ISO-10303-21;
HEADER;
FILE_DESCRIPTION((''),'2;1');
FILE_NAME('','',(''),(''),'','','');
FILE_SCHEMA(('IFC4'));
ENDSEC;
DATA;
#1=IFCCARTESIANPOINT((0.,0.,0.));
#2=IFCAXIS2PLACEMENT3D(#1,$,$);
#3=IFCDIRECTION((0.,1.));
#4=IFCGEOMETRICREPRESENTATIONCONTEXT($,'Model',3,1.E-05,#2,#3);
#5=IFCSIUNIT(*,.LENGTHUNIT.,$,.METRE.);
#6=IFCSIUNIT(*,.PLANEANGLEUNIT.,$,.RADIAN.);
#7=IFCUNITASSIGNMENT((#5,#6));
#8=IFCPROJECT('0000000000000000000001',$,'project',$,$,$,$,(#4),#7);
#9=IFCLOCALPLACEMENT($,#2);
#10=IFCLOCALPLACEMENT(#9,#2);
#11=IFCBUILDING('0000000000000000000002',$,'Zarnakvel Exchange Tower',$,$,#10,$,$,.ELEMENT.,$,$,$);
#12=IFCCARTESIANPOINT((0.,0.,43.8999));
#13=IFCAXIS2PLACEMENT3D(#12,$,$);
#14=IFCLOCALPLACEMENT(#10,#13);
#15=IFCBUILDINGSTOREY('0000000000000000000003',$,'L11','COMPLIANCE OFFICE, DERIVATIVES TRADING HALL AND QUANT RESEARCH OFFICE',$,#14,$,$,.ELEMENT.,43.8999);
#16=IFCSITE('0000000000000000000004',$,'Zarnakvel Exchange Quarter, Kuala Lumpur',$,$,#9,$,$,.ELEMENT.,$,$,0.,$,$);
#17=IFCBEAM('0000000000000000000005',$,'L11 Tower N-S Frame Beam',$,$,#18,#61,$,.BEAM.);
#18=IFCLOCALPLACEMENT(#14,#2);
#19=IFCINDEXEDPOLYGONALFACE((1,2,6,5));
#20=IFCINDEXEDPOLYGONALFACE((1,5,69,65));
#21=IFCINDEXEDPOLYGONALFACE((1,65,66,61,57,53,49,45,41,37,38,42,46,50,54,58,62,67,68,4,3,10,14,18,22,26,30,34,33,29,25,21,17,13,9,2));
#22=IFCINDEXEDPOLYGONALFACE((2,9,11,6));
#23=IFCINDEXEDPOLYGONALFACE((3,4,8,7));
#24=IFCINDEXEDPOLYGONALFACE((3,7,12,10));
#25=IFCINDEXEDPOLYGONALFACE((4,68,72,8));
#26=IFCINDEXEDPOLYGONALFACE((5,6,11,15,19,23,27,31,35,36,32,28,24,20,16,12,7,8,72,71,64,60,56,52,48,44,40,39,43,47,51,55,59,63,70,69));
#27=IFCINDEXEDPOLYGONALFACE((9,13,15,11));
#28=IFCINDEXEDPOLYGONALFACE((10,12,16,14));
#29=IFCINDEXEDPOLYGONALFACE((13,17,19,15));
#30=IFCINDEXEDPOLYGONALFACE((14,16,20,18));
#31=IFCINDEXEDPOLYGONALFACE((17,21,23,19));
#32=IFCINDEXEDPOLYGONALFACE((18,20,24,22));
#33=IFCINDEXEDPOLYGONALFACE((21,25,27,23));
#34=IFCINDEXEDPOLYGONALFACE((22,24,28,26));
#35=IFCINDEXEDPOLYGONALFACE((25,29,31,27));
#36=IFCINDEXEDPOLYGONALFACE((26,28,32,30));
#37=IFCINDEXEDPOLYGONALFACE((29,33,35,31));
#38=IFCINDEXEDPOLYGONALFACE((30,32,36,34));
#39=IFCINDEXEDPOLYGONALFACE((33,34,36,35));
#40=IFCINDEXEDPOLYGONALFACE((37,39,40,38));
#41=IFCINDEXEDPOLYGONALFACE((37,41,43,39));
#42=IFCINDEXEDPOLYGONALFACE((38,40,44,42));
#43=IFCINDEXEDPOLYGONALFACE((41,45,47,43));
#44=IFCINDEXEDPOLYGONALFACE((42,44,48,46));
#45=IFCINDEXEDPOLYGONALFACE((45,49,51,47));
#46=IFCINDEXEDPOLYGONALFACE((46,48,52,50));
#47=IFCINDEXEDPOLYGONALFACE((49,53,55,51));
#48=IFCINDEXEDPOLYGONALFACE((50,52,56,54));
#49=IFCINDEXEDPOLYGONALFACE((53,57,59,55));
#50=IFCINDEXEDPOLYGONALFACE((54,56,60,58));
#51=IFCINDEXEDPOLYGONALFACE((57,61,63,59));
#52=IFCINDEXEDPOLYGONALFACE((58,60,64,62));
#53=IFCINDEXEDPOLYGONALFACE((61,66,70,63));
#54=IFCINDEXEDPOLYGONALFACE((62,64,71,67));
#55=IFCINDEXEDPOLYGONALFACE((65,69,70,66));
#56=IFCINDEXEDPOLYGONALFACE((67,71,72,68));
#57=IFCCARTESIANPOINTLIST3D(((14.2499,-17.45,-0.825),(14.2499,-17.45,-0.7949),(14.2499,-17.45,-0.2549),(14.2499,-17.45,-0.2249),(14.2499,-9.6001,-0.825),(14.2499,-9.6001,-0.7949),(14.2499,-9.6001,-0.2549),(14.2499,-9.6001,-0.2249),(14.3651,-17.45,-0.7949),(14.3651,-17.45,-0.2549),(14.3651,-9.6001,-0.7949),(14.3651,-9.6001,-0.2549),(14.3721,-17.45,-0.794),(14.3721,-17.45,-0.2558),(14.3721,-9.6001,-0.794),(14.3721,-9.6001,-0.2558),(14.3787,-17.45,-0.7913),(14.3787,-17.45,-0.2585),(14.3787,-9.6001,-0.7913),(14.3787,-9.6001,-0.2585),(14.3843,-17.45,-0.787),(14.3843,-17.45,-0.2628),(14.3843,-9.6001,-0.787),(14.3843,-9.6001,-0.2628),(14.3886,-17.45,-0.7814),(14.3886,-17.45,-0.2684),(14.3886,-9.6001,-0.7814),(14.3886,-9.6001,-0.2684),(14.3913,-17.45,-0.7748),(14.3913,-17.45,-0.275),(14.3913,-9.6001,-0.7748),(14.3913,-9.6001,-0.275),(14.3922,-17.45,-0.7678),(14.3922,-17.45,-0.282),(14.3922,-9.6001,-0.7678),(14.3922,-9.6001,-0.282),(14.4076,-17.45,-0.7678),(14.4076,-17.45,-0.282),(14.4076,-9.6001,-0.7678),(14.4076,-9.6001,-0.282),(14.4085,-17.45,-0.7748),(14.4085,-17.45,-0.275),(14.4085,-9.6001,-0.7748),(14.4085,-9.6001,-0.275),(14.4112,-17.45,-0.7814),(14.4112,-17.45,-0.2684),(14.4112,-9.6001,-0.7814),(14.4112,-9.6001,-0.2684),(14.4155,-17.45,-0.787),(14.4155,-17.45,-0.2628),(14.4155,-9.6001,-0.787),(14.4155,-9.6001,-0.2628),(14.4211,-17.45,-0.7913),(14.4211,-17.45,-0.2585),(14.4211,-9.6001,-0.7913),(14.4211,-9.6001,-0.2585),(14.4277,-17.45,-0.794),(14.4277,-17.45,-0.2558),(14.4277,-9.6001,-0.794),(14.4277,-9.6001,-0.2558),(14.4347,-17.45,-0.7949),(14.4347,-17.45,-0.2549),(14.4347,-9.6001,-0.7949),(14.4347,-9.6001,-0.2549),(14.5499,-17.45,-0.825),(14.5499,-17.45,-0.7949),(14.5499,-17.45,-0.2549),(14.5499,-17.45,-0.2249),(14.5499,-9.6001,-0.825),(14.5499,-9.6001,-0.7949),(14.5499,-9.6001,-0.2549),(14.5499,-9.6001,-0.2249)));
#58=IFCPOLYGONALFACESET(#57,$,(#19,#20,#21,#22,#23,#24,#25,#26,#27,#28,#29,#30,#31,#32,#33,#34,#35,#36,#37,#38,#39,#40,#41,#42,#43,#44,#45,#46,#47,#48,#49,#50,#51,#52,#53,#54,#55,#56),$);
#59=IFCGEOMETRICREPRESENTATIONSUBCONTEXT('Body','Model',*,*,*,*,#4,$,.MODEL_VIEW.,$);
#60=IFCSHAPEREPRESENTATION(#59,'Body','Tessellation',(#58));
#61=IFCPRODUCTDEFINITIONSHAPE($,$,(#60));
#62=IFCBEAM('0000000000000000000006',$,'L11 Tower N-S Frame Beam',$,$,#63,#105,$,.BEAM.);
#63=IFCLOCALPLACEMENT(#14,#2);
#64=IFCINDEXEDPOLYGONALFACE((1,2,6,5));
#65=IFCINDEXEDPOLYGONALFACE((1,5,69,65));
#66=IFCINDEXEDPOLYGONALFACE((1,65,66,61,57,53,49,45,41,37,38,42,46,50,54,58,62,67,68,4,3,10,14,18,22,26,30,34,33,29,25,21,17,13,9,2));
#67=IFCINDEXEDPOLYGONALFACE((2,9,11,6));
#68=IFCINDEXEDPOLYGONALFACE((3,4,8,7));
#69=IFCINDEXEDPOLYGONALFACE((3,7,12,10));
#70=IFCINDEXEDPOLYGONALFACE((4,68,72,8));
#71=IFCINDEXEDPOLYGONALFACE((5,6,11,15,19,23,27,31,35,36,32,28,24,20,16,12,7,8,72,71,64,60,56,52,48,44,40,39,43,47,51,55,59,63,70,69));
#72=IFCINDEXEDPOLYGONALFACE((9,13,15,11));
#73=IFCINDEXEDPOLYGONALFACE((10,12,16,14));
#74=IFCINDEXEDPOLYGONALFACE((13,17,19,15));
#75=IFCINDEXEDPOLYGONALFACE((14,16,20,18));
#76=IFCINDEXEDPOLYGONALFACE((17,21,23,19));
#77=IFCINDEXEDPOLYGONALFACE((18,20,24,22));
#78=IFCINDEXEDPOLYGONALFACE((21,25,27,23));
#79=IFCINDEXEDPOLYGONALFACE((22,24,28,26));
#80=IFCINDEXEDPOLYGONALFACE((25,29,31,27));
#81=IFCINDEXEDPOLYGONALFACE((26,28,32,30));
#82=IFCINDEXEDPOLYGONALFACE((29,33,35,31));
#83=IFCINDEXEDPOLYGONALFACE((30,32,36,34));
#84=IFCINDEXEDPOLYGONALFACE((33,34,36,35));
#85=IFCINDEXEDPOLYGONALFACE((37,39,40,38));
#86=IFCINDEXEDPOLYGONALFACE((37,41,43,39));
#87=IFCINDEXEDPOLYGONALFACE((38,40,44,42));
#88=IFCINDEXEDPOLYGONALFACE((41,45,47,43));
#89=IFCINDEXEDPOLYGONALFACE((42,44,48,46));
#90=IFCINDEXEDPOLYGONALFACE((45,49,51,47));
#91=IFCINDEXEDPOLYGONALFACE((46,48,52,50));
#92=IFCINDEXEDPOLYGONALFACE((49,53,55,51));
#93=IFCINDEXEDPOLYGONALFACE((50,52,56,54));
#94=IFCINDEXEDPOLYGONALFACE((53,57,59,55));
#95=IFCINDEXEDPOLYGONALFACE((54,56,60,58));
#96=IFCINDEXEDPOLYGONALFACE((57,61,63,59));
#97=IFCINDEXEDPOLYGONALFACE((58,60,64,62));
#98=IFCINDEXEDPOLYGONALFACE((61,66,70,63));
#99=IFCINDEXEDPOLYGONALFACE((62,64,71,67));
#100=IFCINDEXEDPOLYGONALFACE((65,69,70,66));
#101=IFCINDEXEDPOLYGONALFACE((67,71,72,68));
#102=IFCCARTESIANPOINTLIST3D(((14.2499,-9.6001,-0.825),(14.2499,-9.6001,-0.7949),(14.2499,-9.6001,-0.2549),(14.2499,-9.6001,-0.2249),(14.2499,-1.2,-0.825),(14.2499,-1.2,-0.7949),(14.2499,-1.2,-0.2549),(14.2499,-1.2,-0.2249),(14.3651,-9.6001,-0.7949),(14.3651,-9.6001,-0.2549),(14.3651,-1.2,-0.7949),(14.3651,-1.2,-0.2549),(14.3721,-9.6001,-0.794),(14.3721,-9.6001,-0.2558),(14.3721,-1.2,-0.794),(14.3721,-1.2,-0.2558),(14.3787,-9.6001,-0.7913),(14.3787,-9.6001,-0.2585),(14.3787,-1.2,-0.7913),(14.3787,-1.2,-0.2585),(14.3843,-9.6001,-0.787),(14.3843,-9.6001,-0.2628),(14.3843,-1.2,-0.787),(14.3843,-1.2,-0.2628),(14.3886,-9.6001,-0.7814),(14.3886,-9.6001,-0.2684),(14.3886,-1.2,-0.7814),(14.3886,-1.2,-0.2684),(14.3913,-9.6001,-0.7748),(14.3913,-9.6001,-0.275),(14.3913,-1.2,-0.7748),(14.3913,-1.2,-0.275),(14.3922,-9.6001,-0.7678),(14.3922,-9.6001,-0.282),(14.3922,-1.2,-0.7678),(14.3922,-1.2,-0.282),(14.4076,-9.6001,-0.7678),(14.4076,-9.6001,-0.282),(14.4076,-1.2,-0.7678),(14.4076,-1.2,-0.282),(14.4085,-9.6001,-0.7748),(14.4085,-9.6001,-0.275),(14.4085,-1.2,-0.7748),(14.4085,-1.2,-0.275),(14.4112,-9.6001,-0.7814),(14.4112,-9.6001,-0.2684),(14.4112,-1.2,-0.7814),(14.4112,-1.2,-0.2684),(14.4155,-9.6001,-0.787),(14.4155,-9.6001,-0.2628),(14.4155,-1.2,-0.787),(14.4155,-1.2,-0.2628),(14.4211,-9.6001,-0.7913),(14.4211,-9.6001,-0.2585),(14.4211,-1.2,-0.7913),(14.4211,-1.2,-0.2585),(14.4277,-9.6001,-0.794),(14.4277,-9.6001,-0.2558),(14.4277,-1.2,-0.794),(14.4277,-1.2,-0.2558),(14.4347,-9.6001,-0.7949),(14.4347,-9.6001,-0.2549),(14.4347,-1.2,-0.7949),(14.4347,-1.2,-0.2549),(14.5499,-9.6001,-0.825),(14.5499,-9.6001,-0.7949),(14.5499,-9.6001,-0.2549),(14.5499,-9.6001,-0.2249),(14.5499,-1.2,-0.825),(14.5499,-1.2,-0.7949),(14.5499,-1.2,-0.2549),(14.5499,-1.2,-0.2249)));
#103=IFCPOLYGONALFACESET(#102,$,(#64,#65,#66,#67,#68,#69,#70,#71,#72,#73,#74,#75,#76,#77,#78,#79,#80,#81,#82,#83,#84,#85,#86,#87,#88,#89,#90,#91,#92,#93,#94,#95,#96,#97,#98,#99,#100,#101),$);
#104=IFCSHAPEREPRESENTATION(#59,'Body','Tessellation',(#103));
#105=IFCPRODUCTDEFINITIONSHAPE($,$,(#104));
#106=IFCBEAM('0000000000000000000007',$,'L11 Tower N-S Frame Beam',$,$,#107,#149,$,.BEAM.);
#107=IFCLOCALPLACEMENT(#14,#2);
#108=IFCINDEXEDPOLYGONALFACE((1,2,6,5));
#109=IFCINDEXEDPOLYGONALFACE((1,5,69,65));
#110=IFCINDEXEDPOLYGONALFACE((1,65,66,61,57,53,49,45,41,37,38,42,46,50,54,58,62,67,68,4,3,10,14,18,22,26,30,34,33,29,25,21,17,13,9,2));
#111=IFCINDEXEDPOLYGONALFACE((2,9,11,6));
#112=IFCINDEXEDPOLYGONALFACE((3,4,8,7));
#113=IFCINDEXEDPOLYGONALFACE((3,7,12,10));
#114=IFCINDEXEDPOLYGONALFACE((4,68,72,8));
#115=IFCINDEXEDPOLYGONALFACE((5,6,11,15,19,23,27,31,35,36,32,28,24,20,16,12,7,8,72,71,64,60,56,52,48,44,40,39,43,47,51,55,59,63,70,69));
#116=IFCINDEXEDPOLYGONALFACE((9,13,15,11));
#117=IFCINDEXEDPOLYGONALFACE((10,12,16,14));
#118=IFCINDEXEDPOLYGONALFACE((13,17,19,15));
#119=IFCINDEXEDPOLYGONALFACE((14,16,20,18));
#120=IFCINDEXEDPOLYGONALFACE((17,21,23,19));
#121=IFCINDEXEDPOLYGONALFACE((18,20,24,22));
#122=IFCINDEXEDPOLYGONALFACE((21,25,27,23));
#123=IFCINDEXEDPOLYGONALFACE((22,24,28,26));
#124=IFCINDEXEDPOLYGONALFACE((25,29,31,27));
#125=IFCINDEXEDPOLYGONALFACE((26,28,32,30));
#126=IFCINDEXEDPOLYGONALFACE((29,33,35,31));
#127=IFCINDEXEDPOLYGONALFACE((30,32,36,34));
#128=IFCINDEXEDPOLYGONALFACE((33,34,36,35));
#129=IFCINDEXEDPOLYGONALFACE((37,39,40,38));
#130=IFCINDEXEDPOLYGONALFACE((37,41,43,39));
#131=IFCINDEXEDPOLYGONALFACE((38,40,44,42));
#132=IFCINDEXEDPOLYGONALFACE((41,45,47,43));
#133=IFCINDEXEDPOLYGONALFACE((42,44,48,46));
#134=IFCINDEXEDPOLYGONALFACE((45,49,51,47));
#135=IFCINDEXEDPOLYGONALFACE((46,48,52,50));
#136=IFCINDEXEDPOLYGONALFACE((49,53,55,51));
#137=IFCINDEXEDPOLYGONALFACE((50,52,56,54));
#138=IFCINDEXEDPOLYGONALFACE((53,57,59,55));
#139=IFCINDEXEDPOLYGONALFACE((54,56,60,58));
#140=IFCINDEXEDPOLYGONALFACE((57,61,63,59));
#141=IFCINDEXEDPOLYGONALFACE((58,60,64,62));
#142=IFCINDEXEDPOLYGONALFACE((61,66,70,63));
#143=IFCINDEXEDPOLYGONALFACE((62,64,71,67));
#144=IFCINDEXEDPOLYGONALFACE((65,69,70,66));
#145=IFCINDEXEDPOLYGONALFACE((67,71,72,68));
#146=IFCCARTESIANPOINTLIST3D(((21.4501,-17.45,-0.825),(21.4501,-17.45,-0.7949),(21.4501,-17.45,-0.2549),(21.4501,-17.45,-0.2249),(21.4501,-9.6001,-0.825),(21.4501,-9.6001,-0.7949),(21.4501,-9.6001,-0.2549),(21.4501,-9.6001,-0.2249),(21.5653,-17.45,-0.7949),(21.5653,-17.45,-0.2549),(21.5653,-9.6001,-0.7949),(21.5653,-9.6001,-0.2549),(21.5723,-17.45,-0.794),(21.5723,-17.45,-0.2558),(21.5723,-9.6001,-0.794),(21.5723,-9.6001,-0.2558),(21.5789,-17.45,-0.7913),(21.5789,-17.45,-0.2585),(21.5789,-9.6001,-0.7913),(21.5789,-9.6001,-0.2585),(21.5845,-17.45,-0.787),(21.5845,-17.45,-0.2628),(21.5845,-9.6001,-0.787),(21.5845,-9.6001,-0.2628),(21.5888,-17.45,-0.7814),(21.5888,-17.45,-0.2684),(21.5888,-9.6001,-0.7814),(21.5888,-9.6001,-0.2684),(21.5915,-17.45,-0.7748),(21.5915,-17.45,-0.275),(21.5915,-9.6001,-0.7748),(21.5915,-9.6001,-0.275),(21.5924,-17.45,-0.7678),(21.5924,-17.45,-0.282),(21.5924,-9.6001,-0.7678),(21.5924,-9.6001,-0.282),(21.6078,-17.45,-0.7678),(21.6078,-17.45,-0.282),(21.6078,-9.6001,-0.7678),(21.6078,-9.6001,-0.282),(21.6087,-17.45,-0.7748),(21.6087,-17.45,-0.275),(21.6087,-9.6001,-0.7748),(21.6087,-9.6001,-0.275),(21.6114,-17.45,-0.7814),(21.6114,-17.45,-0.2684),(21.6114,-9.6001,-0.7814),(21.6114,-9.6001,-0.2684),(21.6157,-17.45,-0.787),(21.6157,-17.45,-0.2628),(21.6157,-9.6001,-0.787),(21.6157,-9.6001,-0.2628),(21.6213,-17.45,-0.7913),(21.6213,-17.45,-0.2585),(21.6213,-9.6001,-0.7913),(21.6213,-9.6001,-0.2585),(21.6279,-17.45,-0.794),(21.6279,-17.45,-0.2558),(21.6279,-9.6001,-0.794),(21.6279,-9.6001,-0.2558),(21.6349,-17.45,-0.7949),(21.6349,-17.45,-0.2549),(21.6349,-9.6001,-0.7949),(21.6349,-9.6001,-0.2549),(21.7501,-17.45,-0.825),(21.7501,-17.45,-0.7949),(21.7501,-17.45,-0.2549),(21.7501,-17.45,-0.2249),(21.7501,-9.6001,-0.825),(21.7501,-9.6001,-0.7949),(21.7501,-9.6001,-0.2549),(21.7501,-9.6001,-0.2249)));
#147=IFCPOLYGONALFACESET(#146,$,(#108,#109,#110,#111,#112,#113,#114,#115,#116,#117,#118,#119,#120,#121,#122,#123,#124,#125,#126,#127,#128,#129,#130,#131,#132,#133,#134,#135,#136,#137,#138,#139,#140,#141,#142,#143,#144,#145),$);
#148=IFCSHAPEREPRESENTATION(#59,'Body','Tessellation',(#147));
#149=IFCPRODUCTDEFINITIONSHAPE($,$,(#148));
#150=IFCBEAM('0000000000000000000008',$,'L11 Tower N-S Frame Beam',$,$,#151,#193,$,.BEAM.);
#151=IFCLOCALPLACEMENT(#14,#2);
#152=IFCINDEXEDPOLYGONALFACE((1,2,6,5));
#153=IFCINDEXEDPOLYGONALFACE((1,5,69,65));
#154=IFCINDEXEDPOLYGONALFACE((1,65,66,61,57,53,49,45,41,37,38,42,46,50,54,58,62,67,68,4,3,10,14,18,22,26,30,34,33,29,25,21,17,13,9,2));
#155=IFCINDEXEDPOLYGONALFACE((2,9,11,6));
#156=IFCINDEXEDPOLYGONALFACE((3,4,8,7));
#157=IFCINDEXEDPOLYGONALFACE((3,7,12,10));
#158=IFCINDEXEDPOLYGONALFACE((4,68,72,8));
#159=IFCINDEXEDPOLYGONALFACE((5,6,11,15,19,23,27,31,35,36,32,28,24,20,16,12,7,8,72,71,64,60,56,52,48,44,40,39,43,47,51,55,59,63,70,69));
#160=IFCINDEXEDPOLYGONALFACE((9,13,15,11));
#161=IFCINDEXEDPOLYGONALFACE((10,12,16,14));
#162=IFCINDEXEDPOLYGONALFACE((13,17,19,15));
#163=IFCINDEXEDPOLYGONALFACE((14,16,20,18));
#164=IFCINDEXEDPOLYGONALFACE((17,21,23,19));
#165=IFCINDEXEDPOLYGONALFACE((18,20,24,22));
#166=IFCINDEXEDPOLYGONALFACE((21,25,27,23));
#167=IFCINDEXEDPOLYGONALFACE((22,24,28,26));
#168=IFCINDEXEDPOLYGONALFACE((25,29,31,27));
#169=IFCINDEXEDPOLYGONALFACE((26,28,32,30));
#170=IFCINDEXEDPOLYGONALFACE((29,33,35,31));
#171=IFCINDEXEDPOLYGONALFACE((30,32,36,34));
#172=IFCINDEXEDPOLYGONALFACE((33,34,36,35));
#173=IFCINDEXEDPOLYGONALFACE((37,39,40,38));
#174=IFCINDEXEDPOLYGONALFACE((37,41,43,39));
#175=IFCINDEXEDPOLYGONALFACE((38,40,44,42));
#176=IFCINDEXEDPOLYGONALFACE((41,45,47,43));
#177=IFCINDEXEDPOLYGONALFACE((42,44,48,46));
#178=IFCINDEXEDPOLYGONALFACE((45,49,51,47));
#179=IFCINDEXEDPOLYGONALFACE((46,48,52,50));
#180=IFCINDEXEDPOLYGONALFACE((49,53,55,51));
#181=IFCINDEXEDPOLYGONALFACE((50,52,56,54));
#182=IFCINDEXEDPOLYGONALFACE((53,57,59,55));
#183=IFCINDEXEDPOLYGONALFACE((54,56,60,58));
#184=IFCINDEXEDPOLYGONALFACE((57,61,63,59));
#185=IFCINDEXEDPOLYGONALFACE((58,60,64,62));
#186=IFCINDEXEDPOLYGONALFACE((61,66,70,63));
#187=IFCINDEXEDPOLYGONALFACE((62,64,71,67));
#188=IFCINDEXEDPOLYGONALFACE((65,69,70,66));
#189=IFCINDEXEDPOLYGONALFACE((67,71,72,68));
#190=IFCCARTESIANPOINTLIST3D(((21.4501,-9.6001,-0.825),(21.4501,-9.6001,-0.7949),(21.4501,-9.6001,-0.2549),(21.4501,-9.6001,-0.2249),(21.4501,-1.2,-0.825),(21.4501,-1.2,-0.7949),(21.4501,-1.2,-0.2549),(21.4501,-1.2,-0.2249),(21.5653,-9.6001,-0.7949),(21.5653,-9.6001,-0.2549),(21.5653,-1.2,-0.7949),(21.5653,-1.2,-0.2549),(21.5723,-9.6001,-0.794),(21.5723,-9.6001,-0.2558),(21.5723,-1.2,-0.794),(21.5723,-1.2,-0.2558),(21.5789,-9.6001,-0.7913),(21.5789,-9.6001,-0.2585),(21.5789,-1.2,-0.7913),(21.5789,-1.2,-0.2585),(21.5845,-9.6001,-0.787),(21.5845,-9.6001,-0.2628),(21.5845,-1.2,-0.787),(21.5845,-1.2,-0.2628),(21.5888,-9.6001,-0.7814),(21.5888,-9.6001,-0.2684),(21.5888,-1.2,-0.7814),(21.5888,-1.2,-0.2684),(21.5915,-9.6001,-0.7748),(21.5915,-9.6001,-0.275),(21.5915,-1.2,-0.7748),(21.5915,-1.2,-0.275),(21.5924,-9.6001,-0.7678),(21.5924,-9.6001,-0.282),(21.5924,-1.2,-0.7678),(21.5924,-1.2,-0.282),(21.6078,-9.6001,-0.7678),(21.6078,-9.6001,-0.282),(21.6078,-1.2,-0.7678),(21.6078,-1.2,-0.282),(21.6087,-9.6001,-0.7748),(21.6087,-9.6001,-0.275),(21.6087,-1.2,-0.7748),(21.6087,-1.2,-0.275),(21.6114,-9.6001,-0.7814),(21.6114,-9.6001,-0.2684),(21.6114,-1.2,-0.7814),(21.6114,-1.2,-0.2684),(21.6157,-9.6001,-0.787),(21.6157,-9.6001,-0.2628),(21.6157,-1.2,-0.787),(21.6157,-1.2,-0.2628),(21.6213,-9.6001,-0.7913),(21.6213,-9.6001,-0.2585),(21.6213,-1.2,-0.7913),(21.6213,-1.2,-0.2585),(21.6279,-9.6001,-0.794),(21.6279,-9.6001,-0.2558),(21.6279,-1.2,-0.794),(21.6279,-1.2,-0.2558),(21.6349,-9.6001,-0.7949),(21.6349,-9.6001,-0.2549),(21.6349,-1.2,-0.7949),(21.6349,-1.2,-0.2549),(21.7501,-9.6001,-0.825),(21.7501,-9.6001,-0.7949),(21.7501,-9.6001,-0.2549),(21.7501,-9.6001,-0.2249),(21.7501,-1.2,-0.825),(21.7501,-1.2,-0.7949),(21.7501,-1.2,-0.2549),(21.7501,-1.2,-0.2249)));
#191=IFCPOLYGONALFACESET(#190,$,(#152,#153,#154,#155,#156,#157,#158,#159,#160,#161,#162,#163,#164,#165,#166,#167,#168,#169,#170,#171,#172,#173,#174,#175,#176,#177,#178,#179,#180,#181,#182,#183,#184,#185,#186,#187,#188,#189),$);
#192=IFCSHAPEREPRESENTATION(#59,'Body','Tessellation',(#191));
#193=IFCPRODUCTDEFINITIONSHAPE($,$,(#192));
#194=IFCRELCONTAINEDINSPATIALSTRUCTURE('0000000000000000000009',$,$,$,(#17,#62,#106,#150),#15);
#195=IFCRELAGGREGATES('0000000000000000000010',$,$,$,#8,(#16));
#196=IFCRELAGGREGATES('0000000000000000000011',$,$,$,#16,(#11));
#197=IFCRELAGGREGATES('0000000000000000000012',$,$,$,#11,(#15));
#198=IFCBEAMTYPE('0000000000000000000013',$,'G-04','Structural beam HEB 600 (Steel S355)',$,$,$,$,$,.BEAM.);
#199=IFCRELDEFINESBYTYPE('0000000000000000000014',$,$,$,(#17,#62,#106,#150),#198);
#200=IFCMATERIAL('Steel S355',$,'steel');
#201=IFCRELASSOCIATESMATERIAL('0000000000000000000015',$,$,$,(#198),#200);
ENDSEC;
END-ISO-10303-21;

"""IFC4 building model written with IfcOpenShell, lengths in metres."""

from ifc_helpers import new_model, si_unit, direction, frame, origin, origin_2d, place, context, subcontext, project, spatial, i_section, extrude, material, material_profile, profile_set, type_object, element, save


model = new_model("IFC4")

# Units and contexts
model_context = context("Model", 3, precision=1e-05, world=origin(), true_north=direction((0.0, 1.0)))
body_context = subcontext(model_context, "Body", "Model", "MODEL_VIEW")
ifc_project = project(units=[si_unit("LENGTHUNIT", "METRE"), si_unit("PLANEANGLEUNIT", "RADIAN")], contexts=[model_context])

# Site, building, storey
site_placement = place(None, origin())
site = spatial("IfcSite", under=ifc_project, at=site_placement, Name="Zarnakvel Exchange Quarter, Kuala Lumpur", CompositionType="ELEMENT", RefElevation=0.0)
building_placement = place(site_placement, origin())
building = spatial("IfcBuilding", under=site, at=building_placement, Name="Zarnakvel Exchange Tower", CompositionType="ELEMENT")
storey_placement = place(building_placement, frame((0.0, 0.0, 43.8999)))
storey = spatial("IfcBuildingStorey", under=building, at=storey_placement, Name="L11", Description="COMPLIANCE OFFICE, DERIVATIVES TRADING HALL AND QUANT RESEARCH OFFICE", CompositionType="ELEMENT", Elevation=43.8999)

# Shared definitions
ifc_material_1 = material(Name="Steel S355", Category="steel")

# Beams
ifc_material_profile_1 = material_profile(ifc_material_1, i_section(OverallWidth=0.3, OverallDepth=0.6001, WebThickness=0.0154, FlangeThickness=0.03, FilletRadius=0.0271, at=origin_2d()))
ifc_profile_set_1 = profile_set([ifc_material_profile_1], Name="Steel S355")
beam_type_1 = type_object("IfcBeamType", Name="G-04", Description="Structural beam HEB 600 (Steel S355)", PredefinedType="BEAM", material=ifc_profile_set_1)
beam_1_placement = place(storey_placement, frame((14.3999, -17.45, -0.5249), z_axis=(0.0, 1.0, 0.0), x_axis=(-1.0, 0.0, 0.0)))
element("IfcBeam", 1, at=beam_1_placement, inside=storey, type_object=beam_type_1, Name="L11 Tower N-S Frame Beam", PredefinedType="BEAM", context=body_context, shape_type="SweptSolid", body=[
    extrude(i_section(OverallWidth=0.3, OverallDepth=0.6001, WebThickness=0.0154, FlangeThickness=0.03, FilletRadius=0.0271, at=origin_2d()), origin(), (0.0, 0.0, 1.0), 7.8499),
])
beam_2_placement = place(storey_placement, frame((14.3999, -9.6001, -0.5249), z_axis=(0.0, 1.0, 0.0), x_axis=(-1.0, 0.0, 0.0)))
element("IfcBeam", 2, at=beam_2_placement, inside=storey, type_object=beam_type_1, Name="L11 Tower N-S Frame Beam", PredefinedType="BEAM", context=body_context, shape_type="SweptSolid", body=[
    extrude(i_section(OverallWidth=0.3, OverallDepth=0.6001, WebThickness=0.0154, FlangeThickness=0.03, FilletRadius=0.0271, at=origin_2d()), origin(), (0.0, 0.0, 1.0), 8.4001),
])
beam_3_placement = place(storey_placement, frame((21.6001, -17.45, -0.5249), z_axis=(0.0, 1.0, 0.0), x_axis=(-1.0, 0.0, 0.0)))
element("IfcBeam", 3, at=beam_3_placement, inside=storey, type_object=beam_type_1, Name="L11 Tower N-S Frame Beam", PredefinedType="BEAM", context=body_context, shape_type="SweptSolid", body=[
    extrude(i_section(OverallWidth=0.3, OverallDepth=0.6001, WebThickness=0.0154, FlangeThickness=0.03, FilletRadius=0.0271, at=origin_2d()), origin(), (0.0, 0.0, 1.0), 7.8499),
])
beam_4_placement = place(storey_placement, frame((21.6001, -9.6001, -0.5249), z_axis=(0.0, 1.0, 0.0), x_axis=(-1.0, 0.0, 0.0)))
element("IfcBeam", 4, at=beam_4_placement, inside=storey, type_object=beam_type_1, Name="L11 Tower N-S Frame Beam", PredefinedType="BEAM", context=body_context, shape_type="SweptSolid", body=[
    extrude(i_section(OverallWidth=0.3, OverallDepth=0.6001, WebThickness=0.0154, FlangeThickness=0.03, FilletRadius=0.0271, at=origin_2d()), origin(), (0.0, 0.0, 1.0), 8.4001),
])

save(model, "model.ifc")
